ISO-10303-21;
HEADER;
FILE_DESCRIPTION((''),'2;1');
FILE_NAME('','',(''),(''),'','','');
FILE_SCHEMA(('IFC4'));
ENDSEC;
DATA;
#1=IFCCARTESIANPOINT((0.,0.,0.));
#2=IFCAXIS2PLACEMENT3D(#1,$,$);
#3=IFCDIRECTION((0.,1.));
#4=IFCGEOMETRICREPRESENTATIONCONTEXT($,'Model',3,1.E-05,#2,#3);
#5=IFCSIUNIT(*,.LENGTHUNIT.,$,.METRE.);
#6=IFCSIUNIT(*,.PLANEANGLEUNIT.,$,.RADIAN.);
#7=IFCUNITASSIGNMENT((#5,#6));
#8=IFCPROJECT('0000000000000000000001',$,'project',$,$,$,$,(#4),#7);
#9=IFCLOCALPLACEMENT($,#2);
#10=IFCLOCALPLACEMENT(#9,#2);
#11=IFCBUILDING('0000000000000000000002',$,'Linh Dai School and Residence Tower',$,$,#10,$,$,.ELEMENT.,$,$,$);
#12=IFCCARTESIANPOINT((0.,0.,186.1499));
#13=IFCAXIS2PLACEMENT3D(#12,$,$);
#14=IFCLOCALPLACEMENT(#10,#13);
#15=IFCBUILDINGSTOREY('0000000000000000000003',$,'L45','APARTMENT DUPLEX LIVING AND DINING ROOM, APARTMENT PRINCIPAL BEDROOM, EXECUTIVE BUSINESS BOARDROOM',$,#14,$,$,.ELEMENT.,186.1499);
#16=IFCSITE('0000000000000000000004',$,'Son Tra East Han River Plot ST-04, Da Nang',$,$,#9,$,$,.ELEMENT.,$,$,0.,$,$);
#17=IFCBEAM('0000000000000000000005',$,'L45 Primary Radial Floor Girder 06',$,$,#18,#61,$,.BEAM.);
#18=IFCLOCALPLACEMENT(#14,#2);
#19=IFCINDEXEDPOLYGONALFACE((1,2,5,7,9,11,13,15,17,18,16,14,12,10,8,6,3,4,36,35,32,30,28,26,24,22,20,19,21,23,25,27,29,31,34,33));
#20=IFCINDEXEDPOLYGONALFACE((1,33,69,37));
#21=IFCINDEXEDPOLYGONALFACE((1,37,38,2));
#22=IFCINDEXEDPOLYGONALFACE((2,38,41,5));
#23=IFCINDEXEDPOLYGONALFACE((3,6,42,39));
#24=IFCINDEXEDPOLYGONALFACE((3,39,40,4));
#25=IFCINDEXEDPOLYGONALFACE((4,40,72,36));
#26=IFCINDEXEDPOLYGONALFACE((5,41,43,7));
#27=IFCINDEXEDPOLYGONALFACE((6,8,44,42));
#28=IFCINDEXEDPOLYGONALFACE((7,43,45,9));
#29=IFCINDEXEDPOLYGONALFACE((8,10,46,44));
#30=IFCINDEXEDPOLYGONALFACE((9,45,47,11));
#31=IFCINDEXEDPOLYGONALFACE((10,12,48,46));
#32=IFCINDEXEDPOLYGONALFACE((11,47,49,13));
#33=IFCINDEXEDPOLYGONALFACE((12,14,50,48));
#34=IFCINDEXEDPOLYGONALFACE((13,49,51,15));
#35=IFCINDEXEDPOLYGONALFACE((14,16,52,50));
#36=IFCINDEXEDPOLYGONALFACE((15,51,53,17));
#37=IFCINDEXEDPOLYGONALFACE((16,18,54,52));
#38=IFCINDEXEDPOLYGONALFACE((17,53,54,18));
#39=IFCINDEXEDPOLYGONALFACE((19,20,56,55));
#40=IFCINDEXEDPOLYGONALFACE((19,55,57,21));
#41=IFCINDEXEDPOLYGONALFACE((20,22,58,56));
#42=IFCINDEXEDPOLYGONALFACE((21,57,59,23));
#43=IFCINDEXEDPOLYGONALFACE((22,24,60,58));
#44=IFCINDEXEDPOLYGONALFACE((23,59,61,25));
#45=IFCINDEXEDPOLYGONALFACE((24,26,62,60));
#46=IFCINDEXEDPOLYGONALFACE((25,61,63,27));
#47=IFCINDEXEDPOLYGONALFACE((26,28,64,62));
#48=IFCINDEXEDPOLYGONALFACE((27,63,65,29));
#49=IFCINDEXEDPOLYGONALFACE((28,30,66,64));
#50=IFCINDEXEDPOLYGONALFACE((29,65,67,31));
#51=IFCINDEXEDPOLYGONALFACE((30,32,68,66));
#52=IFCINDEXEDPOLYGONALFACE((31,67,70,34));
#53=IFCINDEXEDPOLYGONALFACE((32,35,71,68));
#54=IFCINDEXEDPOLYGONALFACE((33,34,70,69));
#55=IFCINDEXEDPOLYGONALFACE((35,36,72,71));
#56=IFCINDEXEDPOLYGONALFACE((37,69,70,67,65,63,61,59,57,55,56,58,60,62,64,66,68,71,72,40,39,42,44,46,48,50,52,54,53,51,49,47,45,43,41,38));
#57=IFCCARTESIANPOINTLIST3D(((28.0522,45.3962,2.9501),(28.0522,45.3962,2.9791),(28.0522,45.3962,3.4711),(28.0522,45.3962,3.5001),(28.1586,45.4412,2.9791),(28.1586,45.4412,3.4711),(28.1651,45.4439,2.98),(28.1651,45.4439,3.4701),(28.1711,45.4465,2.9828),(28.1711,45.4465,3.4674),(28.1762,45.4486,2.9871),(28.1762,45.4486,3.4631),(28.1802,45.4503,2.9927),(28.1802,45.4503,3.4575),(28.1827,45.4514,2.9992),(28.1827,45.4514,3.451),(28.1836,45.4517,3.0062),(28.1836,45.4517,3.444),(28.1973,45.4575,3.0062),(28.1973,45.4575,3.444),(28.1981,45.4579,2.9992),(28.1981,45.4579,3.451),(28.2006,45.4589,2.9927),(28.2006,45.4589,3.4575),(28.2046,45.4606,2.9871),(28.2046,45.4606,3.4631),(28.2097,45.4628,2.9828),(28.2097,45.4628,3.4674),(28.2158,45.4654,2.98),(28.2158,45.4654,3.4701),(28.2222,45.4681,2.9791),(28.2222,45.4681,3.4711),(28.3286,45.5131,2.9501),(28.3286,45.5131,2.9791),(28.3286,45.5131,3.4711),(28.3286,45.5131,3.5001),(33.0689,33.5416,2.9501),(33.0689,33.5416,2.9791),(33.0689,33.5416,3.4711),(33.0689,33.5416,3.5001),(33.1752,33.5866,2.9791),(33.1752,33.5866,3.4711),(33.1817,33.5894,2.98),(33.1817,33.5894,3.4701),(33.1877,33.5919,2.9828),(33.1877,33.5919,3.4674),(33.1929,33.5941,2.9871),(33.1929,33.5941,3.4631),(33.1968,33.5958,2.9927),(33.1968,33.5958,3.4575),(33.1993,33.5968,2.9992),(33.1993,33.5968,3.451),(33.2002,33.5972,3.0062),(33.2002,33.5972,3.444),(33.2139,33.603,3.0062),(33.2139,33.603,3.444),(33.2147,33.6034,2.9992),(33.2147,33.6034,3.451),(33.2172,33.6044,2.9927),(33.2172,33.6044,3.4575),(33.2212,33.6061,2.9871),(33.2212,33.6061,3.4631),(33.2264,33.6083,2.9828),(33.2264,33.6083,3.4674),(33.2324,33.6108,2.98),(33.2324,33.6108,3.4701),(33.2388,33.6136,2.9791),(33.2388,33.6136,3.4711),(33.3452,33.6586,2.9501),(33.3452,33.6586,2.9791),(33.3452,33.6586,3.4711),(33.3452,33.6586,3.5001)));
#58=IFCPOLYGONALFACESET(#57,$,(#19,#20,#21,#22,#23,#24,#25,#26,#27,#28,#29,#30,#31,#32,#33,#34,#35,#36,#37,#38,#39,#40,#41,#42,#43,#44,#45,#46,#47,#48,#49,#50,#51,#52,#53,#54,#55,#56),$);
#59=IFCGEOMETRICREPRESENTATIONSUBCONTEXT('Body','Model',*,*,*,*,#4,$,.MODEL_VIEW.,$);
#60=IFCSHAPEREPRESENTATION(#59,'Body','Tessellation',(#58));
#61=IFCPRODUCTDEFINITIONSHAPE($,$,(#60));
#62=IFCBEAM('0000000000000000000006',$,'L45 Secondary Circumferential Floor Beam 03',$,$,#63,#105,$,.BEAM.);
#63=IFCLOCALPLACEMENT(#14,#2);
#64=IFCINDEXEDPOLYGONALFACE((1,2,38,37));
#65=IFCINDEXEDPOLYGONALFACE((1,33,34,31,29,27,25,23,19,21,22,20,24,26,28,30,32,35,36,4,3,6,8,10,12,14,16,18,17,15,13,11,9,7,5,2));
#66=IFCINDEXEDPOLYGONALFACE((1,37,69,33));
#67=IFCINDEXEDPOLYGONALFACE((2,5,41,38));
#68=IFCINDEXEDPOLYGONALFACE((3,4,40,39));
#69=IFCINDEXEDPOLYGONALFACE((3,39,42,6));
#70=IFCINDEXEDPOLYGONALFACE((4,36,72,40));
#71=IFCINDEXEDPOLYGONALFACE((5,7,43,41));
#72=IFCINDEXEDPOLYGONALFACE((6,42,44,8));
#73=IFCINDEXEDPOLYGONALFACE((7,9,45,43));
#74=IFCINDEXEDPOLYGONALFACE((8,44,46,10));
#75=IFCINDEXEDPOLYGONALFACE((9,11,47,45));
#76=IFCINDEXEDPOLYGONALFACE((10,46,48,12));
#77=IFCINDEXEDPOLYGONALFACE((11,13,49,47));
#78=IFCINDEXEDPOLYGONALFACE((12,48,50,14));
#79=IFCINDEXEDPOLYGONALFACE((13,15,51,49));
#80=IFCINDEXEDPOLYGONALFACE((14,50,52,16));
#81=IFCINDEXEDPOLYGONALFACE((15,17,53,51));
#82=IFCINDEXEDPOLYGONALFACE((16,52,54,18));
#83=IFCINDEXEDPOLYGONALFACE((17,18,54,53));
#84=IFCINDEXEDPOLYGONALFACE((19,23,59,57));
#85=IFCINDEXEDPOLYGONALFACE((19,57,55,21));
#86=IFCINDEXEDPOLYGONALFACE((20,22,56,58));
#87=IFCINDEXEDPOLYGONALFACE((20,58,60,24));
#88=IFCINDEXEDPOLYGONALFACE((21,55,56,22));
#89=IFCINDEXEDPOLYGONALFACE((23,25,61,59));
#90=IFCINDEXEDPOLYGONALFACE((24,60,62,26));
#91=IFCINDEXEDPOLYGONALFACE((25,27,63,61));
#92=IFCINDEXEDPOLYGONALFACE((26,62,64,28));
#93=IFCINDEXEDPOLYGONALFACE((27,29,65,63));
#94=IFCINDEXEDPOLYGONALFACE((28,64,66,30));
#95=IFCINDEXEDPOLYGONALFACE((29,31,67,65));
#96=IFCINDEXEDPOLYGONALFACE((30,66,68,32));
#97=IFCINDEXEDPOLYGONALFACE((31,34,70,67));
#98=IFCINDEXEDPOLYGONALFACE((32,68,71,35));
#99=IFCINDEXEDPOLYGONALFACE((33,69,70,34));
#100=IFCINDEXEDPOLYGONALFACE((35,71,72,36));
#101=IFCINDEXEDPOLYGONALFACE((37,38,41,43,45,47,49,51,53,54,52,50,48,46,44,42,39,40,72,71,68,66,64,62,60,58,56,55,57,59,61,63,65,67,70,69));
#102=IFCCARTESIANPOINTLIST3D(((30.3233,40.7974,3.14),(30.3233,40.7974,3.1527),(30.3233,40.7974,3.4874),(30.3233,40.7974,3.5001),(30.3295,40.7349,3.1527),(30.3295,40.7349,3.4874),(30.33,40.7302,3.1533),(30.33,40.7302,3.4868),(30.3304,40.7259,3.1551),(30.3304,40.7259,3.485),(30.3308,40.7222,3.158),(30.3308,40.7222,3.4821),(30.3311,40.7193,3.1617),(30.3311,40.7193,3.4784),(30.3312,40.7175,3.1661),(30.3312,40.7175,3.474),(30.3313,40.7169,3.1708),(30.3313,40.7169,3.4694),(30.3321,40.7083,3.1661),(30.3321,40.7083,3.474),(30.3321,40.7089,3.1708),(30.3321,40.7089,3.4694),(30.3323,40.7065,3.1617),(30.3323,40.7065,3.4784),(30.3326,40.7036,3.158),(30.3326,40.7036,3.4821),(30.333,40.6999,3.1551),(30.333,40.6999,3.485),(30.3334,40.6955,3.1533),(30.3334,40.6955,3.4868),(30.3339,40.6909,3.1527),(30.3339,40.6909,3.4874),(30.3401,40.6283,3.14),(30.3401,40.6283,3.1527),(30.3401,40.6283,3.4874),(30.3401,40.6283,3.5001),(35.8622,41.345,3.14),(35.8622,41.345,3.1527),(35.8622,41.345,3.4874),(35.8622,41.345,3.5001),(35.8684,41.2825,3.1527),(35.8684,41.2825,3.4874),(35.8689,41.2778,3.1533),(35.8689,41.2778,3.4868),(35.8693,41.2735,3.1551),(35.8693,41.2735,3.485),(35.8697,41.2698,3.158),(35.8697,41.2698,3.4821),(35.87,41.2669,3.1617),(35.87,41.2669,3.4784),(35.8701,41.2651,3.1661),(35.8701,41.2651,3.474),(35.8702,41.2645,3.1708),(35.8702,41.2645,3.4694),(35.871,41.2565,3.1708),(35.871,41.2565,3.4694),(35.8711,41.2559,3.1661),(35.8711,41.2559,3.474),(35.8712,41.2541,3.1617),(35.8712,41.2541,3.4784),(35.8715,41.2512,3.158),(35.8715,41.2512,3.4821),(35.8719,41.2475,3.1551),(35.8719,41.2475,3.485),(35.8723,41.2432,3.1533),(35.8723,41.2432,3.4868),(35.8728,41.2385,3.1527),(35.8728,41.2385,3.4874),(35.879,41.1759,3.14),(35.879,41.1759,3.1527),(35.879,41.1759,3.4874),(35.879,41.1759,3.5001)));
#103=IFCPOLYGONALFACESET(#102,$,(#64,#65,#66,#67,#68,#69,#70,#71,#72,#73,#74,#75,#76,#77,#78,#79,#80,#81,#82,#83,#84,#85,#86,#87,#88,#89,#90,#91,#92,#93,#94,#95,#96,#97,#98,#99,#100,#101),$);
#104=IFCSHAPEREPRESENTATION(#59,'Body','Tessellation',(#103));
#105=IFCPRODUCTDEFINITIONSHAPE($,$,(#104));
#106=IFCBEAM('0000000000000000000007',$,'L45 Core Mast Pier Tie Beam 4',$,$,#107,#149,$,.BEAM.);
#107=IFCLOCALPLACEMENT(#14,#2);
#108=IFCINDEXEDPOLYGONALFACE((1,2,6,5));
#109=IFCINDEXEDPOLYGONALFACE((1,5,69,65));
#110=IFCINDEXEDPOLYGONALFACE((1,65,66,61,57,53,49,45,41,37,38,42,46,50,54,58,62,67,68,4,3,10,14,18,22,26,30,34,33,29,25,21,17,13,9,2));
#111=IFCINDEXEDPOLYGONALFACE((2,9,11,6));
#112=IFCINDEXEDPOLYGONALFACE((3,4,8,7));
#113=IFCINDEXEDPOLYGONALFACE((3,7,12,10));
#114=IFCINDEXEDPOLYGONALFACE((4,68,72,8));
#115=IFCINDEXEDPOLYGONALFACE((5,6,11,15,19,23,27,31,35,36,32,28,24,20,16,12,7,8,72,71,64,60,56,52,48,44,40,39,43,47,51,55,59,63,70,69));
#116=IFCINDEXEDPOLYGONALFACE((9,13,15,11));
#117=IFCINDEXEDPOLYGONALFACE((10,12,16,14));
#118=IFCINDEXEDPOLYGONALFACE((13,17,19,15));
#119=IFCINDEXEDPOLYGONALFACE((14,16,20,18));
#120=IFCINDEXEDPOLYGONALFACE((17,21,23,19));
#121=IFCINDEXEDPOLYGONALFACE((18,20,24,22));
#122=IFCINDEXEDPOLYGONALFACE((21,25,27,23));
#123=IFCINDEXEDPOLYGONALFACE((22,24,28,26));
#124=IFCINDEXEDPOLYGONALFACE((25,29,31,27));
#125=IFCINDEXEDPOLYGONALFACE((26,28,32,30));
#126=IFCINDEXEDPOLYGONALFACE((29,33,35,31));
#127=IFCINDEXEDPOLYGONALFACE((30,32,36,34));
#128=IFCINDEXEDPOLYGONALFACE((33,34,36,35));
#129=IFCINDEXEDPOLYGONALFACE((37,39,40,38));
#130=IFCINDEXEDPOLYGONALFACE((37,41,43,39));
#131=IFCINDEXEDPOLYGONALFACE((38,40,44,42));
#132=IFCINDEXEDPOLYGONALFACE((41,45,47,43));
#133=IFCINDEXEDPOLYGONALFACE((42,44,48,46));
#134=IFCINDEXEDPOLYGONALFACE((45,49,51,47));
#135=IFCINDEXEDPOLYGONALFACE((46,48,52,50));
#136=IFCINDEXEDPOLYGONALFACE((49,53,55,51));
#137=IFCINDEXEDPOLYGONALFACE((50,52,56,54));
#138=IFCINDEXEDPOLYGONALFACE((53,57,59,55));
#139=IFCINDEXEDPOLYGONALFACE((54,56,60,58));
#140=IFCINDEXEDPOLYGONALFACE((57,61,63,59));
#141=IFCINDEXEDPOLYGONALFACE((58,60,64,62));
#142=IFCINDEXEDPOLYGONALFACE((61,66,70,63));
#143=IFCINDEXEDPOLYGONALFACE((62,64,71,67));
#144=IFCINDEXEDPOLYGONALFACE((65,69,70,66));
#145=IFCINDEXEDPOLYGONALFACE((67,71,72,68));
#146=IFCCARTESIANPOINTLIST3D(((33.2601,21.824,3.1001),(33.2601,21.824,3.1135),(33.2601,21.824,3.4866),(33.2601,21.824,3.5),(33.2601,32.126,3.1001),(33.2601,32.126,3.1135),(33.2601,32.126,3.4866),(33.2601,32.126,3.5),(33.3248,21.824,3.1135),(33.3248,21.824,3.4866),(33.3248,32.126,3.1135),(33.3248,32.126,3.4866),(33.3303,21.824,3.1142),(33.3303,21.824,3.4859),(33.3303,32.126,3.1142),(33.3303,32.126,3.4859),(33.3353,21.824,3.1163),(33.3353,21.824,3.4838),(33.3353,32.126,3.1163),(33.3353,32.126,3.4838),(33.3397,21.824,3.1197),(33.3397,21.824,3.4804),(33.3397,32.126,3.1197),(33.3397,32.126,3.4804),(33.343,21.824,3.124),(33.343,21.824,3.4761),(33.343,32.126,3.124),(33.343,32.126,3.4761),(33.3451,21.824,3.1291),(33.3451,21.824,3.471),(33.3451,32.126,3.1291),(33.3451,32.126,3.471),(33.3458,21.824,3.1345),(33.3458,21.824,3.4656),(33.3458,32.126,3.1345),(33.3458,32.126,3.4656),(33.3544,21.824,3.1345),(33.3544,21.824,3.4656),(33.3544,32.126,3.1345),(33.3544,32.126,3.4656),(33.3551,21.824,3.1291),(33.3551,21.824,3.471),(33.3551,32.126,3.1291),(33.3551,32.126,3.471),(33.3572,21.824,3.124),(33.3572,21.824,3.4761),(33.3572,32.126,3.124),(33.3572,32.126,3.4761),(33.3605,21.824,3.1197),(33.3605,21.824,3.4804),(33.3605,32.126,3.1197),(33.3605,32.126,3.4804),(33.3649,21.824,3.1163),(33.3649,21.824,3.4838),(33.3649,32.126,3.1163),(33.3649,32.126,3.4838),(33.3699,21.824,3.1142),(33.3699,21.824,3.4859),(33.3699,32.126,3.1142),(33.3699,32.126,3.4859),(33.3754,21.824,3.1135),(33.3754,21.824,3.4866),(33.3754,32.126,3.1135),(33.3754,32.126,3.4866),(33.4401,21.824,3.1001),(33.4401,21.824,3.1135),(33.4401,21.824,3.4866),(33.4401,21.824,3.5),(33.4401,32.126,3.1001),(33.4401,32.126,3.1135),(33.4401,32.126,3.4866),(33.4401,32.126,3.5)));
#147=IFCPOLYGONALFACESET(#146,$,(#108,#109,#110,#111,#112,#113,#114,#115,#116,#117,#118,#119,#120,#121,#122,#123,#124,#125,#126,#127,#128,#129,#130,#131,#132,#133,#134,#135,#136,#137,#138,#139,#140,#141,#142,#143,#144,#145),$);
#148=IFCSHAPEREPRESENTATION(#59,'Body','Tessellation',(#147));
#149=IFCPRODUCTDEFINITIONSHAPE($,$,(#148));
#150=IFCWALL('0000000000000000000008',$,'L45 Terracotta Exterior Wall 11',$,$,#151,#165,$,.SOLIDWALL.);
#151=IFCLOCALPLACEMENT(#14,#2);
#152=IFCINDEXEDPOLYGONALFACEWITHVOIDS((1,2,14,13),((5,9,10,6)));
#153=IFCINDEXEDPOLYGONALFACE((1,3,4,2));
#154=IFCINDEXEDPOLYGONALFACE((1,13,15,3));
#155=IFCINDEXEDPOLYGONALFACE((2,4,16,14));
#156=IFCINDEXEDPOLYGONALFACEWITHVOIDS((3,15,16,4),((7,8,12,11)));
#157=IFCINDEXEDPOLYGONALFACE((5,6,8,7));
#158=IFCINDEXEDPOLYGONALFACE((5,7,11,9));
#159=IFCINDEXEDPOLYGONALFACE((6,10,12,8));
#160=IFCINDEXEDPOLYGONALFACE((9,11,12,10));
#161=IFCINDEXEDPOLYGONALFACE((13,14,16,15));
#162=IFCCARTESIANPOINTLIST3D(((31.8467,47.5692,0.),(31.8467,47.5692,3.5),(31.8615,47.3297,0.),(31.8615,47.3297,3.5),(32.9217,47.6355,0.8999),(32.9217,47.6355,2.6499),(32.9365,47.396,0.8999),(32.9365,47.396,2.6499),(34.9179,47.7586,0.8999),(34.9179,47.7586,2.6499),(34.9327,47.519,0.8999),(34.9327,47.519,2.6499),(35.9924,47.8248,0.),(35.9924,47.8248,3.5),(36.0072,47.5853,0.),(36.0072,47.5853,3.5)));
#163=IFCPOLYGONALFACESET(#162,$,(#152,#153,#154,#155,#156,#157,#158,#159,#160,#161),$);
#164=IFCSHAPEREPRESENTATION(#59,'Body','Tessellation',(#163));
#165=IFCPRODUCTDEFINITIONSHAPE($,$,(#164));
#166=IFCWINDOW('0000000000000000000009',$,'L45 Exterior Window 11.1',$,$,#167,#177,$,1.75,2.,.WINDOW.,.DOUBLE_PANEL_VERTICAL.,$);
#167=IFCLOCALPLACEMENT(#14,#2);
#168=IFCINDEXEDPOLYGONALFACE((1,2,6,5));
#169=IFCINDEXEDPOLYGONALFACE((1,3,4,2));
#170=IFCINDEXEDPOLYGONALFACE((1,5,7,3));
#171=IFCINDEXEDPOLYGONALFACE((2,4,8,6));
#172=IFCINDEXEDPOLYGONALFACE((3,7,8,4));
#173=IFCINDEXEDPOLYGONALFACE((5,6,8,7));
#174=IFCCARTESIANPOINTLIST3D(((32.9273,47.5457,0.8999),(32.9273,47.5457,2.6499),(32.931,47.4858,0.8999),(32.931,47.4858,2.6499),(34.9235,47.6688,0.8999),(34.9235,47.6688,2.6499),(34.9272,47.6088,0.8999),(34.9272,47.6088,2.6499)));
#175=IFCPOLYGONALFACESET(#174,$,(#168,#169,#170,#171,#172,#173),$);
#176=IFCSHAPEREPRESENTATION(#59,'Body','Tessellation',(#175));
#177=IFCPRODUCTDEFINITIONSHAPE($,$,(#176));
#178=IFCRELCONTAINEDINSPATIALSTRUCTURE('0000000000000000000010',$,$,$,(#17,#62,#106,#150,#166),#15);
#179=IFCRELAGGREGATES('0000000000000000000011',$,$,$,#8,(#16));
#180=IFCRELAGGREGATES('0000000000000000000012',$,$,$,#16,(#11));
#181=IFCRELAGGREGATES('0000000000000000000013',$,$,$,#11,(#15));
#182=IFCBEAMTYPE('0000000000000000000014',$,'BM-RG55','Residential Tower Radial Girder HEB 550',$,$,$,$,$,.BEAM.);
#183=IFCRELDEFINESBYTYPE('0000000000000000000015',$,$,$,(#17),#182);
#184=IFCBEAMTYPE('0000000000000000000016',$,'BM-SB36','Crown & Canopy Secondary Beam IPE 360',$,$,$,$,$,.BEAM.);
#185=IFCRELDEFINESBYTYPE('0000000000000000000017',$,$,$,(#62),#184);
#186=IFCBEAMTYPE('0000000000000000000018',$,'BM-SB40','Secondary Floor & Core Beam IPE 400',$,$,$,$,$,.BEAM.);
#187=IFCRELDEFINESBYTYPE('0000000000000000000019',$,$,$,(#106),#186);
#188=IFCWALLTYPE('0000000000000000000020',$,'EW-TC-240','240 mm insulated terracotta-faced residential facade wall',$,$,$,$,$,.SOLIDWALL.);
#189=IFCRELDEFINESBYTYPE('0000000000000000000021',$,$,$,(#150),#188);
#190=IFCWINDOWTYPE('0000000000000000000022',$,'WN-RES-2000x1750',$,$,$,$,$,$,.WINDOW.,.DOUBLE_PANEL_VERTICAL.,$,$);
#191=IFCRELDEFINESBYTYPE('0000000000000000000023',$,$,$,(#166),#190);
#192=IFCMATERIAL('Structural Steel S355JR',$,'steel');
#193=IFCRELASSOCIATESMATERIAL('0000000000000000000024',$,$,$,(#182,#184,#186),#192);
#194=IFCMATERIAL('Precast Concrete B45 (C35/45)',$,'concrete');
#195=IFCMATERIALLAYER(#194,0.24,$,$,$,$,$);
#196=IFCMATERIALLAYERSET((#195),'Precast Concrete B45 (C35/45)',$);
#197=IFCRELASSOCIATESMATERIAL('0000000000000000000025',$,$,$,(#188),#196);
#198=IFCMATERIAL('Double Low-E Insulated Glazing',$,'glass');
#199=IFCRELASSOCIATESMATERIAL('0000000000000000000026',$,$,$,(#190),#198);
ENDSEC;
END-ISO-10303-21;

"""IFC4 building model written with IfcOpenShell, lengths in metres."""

from ifc_helpers import new_model, si_unit, direction, frame, frame_2d, origin, origin_2d, place, context, subcontext, project, spatial, rectangle, i_section, extrude, source, transform, mapped, material, layer, layer_set, material_profile, profile_set, type_object, element, fill, save


model = new_model("IFC4")

# Units and contexts
model_context = context("Model", 3, precision=1e-05, world=origin(), true_north=direction((0.0, 1.0)))
body_context = subcontext(model_context, "Body", "Model", "MODEL_VIEW")
ifc_project = project(units=[si_unit("LENGTHUNIT", "METRE"), si_unit("PLANEANGLEUNIT", "RADIAN")], contexts=[model_context])

# Site, building, storey
site_placement = place(None, origin())
site = spatial("IfcSite", under=ifc_project, at=site_placement, Name="Son Tra East Han River Plot ST-04, Da Nang", CompositionType="ELEMENT", RefElevation=0.0)
building_placement = place(site_placement, origin())
building = spatial("IfcBuilding", under=site, at=building_placement, Name="Linh Dai School and Residence Tower", CompositionType="ELEMENT")
storey_placement = place(building_placement, frame((0.0, 0.0, 186.1499)))
storey = spatial("IfcBuildingStorey", under=building, at=storey_placement, Name="L45", Description="APARTMENT DUPLEX LIVING AND DINING ROOM, APARTMENT PRINCIPAL BEDROOM, EXECUTIVE BUSINESS BOARDROOM", CompositionType="ELEMENT", Elevation=186.1499)

# Shared definitions
ifc_material_1 = material(Name="Structural Steel S355JR", Category="steel")

# Beams
ifc_material_profile_1 = material_profile(ifc_material_1, i_section(OverallWidth=0.3, OverallDepth=0.55, WebThickness=0.0149, FlangeThickness=0.0291, FilletRadius=0.0271, at=origin_2d()), Name="HEB 550")
ifc_profile_set_1 = profile_set([ifc_material_profile_1], Name="Structural Steel S355JR")
beam_type_1 = type_object("IfcBeamType", Name="BM-RG55", Description="Residential Tower Radial Girder HEB 550", PredefinedType="BEAM", material=ifc_profile_set_1)
beam_1_placement = place(storey_placement, frame((33.207, 33.6001, 3.2251), z_axis=(-0.389722, 0.920933, 0.0), x_axis=(-0.920933, -0.389722, 0.0)))
element("IfcBeam", 1, at=beam_1_placement, inside=storey, type_object=beam_type_1, Name="L45 Primary Radial Floor Girder 06", PredefinedType="BEAM", context=body_context, shape_type="SweptSolid", body=[
    extrude(i_section(OverallWidth=0.3, OverallDepth=0.55, WebThickness=0.0149, FlangeThickness=0.0291, FilletRadius=0.0271, at=origin_2d()), origin(), (0.0, 0.0, 1.0), 12.8723),
])
ifc_material_profile_2 = material_profile(ifc_material_1, i_section(OverallWidth=0.1699, OverallDepth=0.3601, WebThickness=0.0081, FlangeThickness=0.0127, FilletRadius=0.0181, at=origin_2d()), Name="IPE 360")
ifc_profile_set_2 = profile_set([ifc_material_profile_2], Name="Structural Steel S355JR")
beam_type_2 = type_object("IfcBeamType", Name="BM-SB36", Description="Crown & Canopy Secondary Beam IPE 360", PredefinedType="BEAM", material=ifc_profile_set_2)
beam_2_placement = place(storey_placement, frame((35.8706, 41.2605, 3.3201), z_axis=(-0.995148, -0.098388, 0.0), x_axis=(0.098388, -0.995148, 0.0)))
element("IfcBeam", 2, at=beam_2_placement, inside=storey, type_object=beam_type_2, Name="L45 Secondary Circumferential Floor Beam 03", PredefinedType="BEAM", context=body_context, shape_type="SweptSolid", body=[
    extrude(i_section(OverallWidth=0.1699, OverallDepth=0.3601, WebThickness=0.0081, FlangeThickness=0.0127, FilletRadius=0.0181, at=origin_2d()), origin(), (0.0, 0.0, 1.0), 5.5659),
])
ifc_material_profile_3 = material_profile(ifc_material_1, i_section(OverallWidth=0.1799, OverallDepth=0.3999, WebThickness=0.0085, FlangeThickness=0.0134, FilletRadius=0.021, at=origin_2d()), Name="IPE 400")
ifc_profile_set_3 = profile_set([ifc_material_profile_3], Name="Structural Steel S355JR")
beam_type_3 = type_object("IfcBeamType", Name="BM-SB40", Description="Secondary Floor & Core Beam IPE 400", PredefinedType="BEAM", material=ifc_profile_set_3)
beam_3_placement = place(storey_placement, frame((33.3501, 32.126, 3.3), z_axis=(0.0, -1.0, 0.0), x_axis=(1.0, 0.0, 0.0)))
element("IfcBeam", 3, at=beam_3_placement, inside=storey, type_object=beam_type_3, Name="L45 Core Mast Pier Tie Beam 4", PredefinedType="BEAM", context=body_context, shape_type="SweptSolid", body=[
    extrude(i_section(OverallWidth=0.1799, OverallDepth=0.3999, WebThickness=0.0085, FlangeThickness=0.0134, FilletRadius=0.021, at=origin_2d()), origin(), (0.0, 0.0, 1.0), 10.302),
])

# Wall, opening, window
ifc_material_2 = material(Name="Precast Concrete B45 (C35/45)", Category="concrete")
ifc_layer_1 = layer(ifc_material_2, 0.24)
ifc_layer_set_1 = layer_set([ifc_layer_1], Name="Precast Concrete B45 (C35/45)")
wall_type_1 = type_object("IfcWallType", Name="EW-TC-240", Description="240 mm insulated terracotta-faced residential facade wall", PredefinedType="SOLIDWALL", material=ifc_layer_set_1)
wall_1_placement = place(storey_placement, frame((31.8542, 47.4495, 0.0), z_axis=(0.0, 0.0, 1.0), x_axis=(0.998105, 0.06154, 0.0)))
wall_1 = element("IfcWall", 4, at=wall_1_placement, inside=storey, type_object=wall_type_1, Name="L45 Terracotta Exterior Wall 11", PredefinedType="SOLIDWALL", context=body_context, shape_type="SweptSolid", body=[
    extrude(rectangle(XDim=4.1536, YDim=0.24, at=frame_2d((2.0767, 0.0))), origin(), (0.0, 0.0, 1.0), 3.5),
])
opening_1_placement = place(wall_1_placement, frame((1.0769, 0.0, 0.8999)))
opening_1 = element("IfcOpeningElement", 5, at=opening_1_placement, cuts=wall_1, PredefinedType="OPENING", context=body_context, shape_type="SweptSolid", body=[
    extrude(rectangle(XDim=2.0, YDim=1.75, at=origin_2d()), frame((1.0, 0.1299, 0.875), z_axis=(0.0, -1.0, 0.0), x_axis=(1.0, 0.0, 0.0)), (0.0, 0.0, 1.0), 0.26),
])
ifc_material_3 = material(Name="Double Low-E Insulated Glazing", Category="glass")
window_type = type_object("IfcWindowType", Name="WN-RES-2000x1750", PartitioningType="DOUBLE_PANEL_VERTICAL", PredefinedType="WINDOW", material=ifc_material_3)
shared_shape_1 = source(origin(), body_context, "Body", "SweptSolid", [
    extrude(rectangle(XDim=2.0, YDim=1.75, at=origin_2d()), frame((1.0, 0.03, 0.875), z_axis=(0.0, -1.0, 0.0), x_axis=(1.0, 0.0, 0.0)), (0.0, 0.0, 1.0), 0.0601),
])
window_1_placement = place(opening_1_placement, origin())
window_1 = element("IfcWindow", 6, at=window_1_placement, inside=storey, type_object=window_type, Name="L45 Exterior Window 11.1", OverallHeight=1.75, OverallWidth=2.0, PartitioningType="DOUBLE_PANEL_VERTICAL", PredefinedType="WINDOW", context=body_context, shape_type="MappedRepresentation", body=[
    mapped(shared_shape_1, transform((0.0, 0.0, 0.0), x_axis=(1.0, 0.0, 0.0), y_axis=(0.0, 1.0, 0.0), z_axis=(0.0, 0.0, 1.0), scale=1.0)),
])
fill(opening_1, window_1)

save(model, "model.ifc")
